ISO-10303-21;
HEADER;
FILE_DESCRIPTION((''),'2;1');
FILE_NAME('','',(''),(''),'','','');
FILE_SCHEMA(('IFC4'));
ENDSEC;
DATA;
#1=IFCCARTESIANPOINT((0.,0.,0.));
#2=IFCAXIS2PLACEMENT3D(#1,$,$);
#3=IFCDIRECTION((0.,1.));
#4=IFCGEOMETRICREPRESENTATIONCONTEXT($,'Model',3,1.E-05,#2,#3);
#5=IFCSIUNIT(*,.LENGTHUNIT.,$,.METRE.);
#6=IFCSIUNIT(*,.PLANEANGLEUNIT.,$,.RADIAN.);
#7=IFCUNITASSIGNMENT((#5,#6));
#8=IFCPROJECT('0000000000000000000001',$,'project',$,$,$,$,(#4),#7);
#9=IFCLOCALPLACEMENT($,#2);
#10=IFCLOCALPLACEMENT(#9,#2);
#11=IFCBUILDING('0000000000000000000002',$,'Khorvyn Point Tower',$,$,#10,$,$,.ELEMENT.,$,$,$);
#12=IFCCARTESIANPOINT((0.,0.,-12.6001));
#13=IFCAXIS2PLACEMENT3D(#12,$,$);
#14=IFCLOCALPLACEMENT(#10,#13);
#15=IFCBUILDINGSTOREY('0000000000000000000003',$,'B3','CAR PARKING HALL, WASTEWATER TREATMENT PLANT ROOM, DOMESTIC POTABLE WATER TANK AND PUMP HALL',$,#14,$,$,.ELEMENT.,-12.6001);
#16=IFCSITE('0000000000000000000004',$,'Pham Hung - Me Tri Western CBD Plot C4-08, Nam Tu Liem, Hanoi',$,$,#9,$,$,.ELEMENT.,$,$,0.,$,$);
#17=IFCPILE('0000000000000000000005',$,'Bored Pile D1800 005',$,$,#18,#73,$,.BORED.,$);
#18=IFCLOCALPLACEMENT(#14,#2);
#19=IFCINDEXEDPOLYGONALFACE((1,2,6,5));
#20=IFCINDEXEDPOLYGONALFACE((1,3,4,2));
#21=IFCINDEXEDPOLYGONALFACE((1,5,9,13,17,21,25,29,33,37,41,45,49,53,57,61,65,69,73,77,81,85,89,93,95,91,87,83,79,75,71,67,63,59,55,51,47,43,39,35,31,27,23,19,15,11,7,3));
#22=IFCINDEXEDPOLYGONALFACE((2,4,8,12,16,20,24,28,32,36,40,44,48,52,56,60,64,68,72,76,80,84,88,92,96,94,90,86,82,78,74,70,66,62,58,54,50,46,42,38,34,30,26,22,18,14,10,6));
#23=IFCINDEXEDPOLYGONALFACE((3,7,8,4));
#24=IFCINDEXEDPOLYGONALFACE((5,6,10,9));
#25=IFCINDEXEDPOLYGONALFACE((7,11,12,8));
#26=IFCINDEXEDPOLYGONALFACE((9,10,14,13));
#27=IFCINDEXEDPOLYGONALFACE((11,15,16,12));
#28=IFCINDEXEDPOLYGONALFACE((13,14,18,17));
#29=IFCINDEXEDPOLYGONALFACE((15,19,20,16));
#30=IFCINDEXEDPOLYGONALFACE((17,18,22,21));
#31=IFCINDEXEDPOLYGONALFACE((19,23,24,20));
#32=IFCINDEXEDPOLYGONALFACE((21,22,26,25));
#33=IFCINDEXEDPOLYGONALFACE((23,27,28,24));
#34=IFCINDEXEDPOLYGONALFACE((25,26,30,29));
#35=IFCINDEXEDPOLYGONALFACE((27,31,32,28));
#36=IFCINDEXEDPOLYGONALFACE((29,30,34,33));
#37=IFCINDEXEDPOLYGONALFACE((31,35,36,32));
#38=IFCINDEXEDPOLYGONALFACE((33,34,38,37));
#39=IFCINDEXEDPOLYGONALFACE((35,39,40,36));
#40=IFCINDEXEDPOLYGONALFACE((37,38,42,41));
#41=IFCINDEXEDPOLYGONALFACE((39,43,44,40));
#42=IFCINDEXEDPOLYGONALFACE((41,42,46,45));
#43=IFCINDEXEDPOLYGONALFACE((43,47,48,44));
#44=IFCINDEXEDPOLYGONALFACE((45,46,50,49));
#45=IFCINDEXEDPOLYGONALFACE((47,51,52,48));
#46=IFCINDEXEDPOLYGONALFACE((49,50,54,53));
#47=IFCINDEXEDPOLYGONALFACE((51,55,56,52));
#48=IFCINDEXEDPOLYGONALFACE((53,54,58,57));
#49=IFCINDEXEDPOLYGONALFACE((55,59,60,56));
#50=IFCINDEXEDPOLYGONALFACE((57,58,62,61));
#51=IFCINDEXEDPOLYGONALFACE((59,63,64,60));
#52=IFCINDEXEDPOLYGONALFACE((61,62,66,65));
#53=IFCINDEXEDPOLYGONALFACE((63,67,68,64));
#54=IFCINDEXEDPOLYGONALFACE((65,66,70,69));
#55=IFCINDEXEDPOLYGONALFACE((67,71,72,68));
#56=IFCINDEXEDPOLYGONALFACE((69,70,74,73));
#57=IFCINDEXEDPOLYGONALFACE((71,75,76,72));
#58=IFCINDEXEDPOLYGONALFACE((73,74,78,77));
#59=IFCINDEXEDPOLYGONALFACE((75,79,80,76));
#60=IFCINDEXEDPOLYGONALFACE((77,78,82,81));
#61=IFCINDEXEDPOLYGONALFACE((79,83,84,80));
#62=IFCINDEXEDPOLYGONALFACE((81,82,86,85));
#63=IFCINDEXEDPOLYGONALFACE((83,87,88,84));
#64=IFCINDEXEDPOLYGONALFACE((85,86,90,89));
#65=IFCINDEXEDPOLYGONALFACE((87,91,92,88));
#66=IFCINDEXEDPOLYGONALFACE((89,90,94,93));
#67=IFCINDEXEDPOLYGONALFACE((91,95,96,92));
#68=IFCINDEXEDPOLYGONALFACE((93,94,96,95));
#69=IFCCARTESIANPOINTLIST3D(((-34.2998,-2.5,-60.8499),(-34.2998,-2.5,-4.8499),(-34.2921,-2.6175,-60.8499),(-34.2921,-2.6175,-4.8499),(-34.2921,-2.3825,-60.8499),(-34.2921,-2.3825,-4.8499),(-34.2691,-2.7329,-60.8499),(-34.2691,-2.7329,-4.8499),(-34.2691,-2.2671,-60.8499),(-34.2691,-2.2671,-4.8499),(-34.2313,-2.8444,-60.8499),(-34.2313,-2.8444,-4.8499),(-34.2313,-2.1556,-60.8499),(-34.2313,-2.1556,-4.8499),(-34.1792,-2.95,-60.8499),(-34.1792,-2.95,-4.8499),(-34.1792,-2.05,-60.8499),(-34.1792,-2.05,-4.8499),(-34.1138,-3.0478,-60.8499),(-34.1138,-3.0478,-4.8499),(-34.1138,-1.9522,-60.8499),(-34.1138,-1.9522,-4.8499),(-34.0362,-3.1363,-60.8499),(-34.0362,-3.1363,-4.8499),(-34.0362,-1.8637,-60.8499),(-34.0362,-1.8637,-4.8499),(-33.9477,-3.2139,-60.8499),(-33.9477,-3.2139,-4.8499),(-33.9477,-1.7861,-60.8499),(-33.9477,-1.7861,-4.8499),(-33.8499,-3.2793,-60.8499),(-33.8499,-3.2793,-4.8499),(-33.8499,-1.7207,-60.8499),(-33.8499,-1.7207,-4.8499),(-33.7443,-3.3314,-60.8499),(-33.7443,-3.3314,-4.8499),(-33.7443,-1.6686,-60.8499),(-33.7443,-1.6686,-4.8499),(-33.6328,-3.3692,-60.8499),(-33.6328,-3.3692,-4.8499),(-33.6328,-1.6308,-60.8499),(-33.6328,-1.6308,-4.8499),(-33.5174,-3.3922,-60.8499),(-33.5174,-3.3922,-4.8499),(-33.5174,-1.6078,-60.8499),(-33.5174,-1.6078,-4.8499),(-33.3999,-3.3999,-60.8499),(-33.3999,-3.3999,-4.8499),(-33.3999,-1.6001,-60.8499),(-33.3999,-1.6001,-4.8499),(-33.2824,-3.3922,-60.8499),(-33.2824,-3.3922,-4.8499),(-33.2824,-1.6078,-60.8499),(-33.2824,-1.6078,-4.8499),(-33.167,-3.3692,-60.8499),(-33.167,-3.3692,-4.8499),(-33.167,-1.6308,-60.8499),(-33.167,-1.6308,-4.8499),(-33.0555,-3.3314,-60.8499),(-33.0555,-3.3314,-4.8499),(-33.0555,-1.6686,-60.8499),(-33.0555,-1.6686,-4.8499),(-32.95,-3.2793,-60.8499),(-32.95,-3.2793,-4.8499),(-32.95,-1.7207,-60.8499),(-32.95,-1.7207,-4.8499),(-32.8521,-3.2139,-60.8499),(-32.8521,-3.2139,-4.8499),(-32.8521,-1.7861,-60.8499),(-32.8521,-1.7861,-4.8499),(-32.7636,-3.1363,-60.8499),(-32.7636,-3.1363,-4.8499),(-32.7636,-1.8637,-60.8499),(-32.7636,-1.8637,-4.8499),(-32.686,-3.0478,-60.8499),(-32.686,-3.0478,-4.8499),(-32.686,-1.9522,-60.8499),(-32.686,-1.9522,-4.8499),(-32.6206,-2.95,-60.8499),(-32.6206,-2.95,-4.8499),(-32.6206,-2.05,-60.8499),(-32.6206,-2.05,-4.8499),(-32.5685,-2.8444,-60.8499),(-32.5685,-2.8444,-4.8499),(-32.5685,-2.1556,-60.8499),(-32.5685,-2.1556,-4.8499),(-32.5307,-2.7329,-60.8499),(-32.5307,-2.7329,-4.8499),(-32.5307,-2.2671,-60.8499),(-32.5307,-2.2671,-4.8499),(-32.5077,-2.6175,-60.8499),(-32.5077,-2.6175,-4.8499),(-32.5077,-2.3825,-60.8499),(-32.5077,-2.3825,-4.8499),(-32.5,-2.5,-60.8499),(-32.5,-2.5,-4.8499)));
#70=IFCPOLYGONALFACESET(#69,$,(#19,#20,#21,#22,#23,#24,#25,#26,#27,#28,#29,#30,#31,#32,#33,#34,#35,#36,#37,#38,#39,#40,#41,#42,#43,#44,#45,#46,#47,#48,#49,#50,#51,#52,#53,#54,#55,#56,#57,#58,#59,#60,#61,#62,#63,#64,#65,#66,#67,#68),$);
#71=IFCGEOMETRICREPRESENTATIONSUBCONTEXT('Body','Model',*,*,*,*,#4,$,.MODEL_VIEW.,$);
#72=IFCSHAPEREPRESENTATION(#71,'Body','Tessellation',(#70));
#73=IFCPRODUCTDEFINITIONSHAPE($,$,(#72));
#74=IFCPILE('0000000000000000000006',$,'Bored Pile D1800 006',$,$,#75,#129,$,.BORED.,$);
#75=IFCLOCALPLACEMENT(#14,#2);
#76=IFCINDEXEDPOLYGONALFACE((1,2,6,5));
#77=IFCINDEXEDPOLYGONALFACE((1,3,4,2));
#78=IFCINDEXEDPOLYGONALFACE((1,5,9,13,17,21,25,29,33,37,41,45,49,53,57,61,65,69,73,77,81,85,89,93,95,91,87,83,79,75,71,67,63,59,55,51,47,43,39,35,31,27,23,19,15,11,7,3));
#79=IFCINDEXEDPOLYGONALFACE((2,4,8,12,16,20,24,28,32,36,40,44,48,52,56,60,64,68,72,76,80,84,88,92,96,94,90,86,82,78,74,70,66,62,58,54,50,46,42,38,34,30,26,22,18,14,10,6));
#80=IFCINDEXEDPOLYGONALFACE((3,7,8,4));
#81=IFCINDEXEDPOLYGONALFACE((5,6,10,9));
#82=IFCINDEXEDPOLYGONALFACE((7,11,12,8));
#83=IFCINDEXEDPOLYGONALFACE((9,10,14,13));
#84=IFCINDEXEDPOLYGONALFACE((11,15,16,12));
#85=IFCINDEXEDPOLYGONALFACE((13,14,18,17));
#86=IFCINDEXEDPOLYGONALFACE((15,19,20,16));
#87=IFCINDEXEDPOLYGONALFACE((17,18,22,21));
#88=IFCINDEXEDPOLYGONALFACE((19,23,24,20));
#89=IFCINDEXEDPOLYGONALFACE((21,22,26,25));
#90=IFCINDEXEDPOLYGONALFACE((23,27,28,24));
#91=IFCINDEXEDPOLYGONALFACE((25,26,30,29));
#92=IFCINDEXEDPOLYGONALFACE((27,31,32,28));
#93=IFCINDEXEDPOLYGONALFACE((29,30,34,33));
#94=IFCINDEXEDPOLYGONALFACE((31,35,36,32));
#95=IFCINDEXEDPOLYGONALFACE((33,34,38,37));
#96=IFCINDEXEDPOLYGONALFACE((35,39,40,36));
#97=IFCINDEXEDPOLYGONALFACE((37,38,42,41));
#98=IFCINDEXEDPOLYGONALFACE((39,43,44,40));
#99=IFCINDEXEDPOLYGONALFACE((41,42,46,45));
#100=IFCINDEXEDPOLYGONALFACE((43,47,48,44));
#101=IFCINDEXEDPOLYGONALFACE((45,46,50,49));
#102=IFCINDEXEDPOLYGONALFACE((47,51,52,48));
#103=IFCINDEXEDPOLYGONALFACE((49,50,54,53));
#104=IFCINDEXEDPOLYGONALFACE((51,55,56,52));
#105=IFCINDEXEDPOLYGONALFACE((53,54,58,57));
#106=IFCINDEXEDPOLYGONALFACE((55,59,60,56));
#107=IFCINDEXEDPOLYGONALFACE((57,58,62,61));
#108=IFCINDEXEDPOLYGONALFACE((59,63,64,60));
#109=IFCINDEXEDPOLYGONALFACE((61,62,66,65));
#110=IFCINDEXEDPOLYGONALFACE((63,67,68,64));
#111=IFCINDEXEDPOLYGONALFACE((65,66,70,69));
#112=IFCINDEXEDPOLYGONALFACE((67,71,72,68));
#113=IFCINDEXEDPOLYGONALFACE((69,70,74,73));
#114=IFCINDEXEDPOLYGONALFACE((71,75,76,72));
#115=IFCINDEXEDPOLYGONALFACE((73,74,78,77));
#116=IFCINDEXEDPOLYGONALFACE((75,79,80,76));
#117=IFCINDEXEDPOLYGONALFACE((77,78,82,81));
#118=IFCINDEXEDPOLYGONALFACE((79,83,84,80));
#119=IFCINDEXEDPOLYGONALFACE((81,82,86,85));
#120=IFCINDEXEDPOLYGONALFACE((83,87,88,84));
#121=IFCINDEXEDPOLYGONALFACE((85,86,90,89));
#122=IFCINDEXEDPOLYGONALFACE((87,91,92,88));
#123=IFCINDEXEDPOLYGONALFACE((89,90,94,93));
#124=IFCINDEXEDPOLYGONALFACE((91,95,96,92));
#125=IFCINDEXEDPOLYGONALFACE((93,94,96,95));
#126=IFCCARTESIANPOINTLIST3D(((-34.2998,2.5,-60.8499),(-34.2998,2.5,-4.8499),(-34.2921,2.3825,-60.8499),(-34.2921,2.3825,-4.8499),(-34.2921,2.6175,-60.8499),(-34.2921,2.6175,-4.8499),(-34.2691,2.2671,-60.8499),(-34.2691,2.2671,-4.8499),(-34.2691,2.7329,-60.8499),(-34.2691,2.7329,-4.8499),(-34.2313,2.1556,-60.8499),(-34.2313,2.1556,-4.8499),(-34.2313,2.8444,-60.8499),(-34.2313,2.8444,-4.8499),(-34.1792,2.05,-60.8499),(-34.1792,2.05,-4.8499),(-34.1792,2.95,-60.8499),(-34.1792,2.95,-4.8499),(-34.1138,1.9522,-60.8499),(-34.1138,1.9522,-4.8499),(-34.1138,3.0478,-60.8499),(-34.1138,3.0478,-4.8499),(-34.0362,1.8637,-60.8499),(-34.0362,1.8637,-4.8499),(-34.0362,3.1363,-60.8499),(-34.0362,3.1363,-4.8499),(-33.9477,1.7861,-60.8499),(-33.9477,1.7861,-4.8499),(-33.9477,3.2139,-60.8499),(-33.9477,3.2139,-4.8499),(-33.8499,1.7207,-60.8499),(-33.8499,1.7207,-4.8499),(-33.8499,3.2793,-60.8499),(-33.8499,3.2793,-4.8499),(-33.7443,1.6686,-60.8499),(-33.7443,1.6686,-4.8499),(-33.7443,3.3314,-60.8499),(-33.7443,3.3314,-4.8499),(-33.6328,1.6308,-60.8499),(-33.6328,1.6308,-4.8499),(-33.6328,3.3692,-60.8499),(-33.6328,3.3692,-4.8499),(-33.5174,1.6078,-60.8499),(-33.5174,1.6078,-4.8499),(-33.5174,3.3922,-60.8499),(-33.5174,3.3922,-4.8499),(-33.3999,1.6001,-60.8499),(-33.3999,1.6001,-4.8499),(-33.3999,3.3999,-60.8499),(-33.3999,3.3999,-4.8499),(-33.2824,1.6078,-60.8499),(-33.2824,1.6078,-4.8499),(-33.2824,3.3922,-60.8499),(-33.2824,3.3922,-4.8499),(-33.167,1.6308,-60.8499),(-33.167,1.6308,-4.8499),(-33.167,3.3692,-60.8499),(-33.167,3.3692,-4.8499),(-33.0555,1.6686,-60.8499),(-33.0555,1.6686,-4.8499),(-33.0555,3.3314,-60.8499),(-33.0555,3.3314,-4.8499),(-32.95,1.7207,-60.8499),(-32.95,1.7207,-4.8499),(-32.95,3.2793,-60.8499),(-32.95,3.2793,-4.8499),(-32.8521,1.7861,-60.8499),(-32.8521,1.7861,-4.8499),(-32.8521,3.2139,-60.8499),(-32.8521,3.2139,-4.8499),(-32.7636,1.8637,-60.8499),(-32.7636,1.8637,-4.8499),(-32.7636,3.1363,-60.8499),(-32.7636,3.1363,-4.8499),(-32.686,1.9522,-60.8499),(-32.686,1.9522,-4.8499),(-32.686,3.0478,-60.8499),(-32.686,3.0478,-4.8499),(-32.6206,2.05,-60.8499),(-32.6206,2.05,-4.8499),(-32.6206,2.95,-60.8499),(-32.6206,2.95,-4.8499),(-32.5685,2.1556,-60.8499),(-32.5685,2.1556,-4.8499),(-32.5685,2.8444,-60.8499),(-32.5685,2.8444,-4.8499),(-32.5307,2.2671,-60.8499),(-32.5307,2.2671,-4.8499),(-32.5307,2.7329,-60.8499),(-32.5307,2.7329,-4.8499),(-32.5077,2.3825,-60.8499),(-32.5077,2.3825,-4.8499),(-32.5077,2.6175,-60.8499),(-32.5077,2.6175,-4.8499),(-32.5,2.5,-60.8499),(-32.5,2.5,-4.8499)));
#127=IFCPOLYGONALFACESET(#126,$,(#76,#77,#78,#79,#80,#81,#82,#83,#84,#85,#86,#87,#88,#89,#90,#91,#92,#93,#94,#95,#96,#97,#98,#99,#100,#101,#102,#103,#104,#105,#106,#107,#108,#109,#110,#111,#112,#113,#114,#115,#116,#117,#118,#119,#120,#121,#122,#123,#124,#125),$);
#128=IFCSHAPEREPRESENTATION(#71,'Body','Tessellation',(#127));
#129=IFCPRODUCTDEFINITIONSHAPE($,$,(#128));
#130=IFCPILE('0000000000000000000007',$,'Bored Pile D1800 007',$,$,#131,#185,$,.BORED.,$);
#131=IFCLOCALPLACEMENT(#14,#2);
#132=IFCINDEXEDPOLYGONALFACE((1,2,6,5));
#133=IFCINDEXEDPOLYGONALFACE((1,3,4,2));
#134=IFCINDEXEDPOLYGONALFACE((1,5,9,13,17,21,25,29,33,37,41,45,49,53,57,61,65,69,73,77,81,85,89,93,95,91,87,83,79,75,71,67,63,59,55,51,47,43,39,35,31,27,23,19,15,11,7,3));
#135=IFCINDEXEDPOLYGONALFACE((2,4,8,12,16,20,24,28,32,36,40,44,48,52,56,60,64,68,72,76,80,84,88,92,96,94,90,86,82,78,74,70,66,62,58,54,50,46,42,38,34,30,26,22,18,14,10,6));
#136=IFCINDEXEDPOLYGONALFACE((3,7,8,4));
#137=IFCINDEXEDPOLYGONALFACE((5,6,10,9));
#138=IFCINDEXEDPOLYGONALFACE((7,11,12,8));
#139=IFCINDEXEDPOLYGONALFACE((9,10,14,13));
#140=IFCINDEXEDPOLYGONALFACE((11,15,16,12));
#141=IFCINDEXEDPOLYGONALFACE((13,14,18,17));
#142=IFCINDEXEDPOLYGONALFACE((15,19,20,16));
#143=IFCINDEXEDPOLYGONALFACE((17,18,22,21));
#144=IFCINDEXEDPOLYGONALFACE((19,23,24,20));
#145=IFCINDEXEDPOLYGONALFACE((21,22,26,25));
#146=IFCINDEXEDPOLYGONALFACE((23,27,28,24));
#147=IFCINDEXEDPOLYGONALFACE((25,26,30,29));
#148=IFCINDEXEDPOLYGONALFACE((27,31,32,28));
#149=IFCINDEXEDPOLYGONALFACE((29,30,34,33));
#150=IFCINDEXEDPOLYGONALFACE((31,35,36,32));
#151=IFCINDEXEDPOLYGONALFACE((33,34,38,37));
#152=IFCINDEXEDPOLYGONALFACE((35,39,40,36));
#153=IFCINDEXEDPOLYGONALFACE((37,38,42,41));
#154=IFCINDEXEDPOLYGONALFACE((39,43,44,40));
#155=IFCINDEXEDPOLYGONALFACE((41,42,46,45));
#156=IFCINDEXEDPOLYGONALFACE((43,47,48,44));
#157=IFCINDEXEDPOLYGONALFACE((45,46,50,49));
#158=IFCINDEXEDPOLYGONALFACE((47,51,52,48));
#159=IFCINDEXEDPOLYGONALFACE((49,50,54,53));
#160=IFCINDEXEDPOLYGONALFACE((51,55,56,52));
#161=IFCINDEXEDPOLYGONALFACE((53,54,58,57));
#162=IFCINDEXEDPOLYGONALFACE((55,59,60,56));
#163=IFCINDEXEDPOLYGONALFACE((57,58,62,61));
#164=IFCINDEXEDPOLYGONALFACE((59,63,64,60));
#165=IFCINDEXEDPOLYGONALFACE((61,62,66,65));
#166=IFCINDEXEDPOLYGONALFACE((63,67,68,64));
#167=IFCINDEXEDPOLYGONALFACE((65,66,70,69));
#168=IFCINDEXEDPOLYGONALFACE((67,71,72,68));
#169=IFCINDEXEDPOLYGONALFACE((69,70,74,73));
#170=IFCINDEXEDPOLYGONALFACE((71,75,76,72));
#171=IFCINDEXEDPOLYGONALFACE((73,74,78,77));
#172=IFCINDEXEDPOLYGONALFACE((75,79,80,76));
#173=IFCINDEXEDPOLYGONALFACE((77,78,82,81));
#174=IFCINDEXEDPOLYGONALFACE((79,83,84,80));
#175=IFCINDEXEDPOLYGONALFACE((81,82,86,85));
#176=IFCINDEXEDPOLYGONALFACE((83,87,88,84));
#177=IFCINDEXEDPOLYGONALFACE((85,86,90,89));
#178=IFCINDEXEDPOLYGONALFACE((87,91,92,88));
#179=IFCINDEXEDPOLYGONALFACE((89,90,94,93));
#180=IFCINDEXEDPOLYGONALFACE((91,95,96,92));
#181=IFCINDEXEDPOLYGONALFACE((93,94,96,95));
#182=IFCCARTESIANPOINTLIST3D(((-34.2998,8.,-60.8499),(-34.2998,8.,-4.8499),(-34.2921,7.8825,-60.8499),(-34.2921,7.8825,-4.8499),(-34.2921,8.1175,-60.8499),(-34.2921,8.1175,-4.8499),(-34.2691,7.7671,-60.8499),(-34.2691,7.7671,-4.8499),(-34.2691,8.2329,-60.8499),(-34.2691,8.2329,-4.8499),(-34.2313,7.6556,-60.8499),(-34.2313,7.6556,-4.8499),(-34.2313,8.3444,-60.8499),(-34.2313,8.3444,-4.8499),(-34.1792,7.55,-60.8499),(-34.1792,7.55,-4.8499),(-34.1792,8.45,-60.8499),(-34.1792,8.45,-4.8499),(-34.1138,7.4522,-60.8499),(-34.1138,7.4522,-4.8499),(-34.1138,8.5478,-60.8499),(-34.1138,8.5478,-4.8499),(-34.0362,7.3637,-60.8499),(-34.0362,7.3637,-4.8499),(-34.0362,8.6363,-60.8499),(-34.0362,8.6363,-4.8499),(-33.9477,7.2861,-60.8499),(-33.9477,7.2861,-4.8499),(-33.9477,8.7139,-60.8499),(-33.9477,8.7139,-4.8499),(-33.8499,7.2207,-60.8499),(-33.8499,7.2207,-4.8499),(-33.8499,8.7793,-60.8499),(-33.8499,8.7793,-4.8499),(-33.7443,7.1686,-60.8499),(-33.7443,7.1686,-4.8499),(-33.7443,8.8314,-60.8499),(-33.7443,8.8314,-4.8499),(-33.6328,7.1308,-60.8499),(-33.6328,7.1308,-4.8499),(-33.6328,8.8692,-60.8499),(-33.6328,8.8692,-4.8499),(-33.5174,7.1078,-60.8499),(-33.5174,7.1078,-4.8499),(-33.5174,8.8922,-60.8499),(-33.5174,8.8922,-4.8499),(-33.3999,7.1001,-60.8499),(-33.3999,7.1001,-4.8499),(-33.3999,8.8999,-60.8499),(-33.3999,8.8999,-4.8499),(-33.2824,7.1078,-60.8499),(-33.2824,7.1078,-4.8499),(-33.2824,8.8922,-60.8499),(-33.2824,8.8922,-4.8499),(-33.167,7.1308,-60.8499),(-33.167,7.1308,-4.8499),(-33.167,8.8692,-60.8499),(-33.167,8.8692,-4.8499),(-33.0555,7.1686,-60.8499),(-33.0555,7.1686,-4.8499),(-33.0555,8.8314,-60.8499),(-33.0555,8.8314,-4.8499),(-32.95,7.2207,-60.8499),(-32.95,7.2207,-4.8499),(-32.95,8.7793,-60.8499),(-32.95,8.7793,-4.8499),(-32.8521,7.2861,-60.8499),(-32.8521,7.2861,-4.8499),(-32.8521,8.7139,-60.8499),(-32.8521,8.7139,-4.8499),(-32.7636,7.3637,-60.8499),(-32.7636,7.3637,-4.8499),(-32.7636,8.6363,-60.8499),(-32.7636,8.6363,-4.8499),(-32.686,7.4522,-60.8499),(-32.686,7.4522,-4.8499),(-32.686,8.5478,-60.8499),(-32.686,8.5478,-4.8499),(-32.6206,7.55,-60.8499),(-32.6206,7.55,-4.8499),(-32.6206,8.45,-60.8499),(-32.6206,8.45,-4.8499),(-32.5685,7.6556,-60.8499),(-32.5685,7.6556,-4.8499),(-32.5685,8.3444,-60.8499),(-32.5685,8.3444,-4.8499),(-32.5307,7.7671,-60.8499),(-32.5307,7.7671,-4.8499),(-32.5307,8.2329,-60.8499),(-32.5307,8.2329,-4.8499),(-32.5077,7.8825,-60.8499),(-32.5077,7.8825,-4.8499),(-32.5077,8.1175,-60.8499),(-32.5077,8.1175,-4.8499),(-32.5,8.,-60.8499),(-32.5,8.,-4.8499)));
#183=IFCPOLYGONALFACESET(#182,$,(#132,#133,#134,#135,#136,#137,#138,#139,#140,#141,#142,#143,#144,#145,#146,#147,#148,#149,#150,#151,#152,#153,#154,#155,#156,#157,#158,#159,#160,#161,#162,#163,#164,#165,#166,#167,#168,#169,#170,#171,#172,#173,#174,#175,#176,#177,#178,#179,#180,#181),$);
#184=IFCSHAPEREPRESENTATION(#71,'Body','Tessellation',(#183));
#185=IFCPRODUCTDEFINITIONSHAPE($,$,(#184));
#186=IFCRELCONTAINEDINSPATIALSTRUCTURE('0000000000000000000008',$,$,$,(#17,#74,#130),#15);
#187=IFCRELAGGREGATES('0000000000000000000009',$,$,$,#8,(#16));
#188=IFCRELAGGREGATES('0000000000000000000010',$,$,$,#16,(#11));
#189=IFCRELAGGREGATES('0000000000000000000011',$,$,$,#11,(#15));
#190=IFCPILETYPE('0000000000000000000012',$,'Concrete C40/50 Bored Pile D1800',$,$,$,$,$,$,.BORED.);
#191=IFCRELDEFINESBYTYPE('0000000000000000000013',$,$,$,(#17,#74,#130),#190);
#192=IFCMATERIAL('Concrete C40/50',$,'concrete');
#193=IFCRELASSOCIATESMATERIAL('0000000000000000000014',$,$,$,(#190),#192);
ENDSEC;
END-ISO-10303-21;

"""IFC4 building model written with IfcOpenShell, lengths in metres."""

from ifc_helpers import new_model, si_unit, direction, frame, origin, origin_2d, place, context, subcontext, project, spatial, circle, extrude, material, material_profile, profile_set, type_object, element, save


model = new_model("IFC4")

# Units and contexts
model_context = context("Model", 3, precision=1e-05, world=origin(), true_north=direction((0.0, 1.0)))
body_context = subcontext(model_context, "Body", "Model", "MODEL_VIEW")
ifc_project = project(units=[si_unit("LENGTHUNIT", "METRE"), si_unit("PLANEANGLEUNIT", "RADIAN")], contexts=[model_context])

# Site, building, storey
site_placement = place(None, origin())
site = spatial("IfcSite", under=ifc_project, at=site_placement, Name="Pham Hung - Me Tri Western CBD Plot C4-08, Nam Tu Liem, Hanoi", CompositionType="ELEMENT", RefElevation=0.0)
building_placement = place(site_placement, origin())
building = spatial("IfcBuilding", under=site, at=building_placement, Name="Khorvyn Point Tower", CompositionType="ELEMENT")
storey_placement = place(building_placement, frame((0.0, 0.0, -12.6001)))
storey = spatial("IfcBuildingStorey", under=building, at=storey_placement, Name="B3", Description="CAR PARKING HALL, WASTEWATER TREATMENT PLANT ROOM, DOMESTIC POTABLE WATER TANK AND PUMP HALL", CompositionType="ELEMENT", Elevation=-12.6001)

# Piles
ifc_material_1 = material(Name="Concrete C40/50", Category="concrete")
ifc_material_profile_1 = material_profile(ifc_material_1, circle(Radius=0.8999, at=origin_2d()))
ifc_profile_set_1 = profile_set([ifc_material_profile_1], Name="Concrete C40/50 PILE-D1800")
pile_type_1 = type_object("IfcPileType", Name="Concrete C40/50 Bored Pile D1800", PredefinedType="BORED", material=ifc_profile_set_1)
for number, where, z_axis, x_axis, name in (
    (1, (-33.3999, -2.5, -4.8499), (0.0, 0.0, -1.0), (1.0, 0.0, 0.0), "Bored Pile D1800 005"),
    (2, (-33.3999, 2.5, -4.8499), (0.0, 0.0, -1.0), (1.0, 0.0, 0.0), "Bored Pile D1800 006"),
    (3, (-33.3999, 8.0, -4.8499), (0.0, 0.0, -1.0), (1.0, 0.0, 0.0), "Bored Pile D1800 007"),
):
    element("IfcPile", number, at=place(storey_placement, frame(where, z_axis=z_axis, x_axis=x_axis)), inside=storey, type_object=pile_type_1, Name=name, PredefinedType="BORED", context=body_context, shape_type="SweptSolid", body=[
        extrude(circle(Radius=0.8999, at=origin_2d()), origin(), (0.0, 0.0, 1.0), 56.0),
    ])

save(model, "model.ifc")
